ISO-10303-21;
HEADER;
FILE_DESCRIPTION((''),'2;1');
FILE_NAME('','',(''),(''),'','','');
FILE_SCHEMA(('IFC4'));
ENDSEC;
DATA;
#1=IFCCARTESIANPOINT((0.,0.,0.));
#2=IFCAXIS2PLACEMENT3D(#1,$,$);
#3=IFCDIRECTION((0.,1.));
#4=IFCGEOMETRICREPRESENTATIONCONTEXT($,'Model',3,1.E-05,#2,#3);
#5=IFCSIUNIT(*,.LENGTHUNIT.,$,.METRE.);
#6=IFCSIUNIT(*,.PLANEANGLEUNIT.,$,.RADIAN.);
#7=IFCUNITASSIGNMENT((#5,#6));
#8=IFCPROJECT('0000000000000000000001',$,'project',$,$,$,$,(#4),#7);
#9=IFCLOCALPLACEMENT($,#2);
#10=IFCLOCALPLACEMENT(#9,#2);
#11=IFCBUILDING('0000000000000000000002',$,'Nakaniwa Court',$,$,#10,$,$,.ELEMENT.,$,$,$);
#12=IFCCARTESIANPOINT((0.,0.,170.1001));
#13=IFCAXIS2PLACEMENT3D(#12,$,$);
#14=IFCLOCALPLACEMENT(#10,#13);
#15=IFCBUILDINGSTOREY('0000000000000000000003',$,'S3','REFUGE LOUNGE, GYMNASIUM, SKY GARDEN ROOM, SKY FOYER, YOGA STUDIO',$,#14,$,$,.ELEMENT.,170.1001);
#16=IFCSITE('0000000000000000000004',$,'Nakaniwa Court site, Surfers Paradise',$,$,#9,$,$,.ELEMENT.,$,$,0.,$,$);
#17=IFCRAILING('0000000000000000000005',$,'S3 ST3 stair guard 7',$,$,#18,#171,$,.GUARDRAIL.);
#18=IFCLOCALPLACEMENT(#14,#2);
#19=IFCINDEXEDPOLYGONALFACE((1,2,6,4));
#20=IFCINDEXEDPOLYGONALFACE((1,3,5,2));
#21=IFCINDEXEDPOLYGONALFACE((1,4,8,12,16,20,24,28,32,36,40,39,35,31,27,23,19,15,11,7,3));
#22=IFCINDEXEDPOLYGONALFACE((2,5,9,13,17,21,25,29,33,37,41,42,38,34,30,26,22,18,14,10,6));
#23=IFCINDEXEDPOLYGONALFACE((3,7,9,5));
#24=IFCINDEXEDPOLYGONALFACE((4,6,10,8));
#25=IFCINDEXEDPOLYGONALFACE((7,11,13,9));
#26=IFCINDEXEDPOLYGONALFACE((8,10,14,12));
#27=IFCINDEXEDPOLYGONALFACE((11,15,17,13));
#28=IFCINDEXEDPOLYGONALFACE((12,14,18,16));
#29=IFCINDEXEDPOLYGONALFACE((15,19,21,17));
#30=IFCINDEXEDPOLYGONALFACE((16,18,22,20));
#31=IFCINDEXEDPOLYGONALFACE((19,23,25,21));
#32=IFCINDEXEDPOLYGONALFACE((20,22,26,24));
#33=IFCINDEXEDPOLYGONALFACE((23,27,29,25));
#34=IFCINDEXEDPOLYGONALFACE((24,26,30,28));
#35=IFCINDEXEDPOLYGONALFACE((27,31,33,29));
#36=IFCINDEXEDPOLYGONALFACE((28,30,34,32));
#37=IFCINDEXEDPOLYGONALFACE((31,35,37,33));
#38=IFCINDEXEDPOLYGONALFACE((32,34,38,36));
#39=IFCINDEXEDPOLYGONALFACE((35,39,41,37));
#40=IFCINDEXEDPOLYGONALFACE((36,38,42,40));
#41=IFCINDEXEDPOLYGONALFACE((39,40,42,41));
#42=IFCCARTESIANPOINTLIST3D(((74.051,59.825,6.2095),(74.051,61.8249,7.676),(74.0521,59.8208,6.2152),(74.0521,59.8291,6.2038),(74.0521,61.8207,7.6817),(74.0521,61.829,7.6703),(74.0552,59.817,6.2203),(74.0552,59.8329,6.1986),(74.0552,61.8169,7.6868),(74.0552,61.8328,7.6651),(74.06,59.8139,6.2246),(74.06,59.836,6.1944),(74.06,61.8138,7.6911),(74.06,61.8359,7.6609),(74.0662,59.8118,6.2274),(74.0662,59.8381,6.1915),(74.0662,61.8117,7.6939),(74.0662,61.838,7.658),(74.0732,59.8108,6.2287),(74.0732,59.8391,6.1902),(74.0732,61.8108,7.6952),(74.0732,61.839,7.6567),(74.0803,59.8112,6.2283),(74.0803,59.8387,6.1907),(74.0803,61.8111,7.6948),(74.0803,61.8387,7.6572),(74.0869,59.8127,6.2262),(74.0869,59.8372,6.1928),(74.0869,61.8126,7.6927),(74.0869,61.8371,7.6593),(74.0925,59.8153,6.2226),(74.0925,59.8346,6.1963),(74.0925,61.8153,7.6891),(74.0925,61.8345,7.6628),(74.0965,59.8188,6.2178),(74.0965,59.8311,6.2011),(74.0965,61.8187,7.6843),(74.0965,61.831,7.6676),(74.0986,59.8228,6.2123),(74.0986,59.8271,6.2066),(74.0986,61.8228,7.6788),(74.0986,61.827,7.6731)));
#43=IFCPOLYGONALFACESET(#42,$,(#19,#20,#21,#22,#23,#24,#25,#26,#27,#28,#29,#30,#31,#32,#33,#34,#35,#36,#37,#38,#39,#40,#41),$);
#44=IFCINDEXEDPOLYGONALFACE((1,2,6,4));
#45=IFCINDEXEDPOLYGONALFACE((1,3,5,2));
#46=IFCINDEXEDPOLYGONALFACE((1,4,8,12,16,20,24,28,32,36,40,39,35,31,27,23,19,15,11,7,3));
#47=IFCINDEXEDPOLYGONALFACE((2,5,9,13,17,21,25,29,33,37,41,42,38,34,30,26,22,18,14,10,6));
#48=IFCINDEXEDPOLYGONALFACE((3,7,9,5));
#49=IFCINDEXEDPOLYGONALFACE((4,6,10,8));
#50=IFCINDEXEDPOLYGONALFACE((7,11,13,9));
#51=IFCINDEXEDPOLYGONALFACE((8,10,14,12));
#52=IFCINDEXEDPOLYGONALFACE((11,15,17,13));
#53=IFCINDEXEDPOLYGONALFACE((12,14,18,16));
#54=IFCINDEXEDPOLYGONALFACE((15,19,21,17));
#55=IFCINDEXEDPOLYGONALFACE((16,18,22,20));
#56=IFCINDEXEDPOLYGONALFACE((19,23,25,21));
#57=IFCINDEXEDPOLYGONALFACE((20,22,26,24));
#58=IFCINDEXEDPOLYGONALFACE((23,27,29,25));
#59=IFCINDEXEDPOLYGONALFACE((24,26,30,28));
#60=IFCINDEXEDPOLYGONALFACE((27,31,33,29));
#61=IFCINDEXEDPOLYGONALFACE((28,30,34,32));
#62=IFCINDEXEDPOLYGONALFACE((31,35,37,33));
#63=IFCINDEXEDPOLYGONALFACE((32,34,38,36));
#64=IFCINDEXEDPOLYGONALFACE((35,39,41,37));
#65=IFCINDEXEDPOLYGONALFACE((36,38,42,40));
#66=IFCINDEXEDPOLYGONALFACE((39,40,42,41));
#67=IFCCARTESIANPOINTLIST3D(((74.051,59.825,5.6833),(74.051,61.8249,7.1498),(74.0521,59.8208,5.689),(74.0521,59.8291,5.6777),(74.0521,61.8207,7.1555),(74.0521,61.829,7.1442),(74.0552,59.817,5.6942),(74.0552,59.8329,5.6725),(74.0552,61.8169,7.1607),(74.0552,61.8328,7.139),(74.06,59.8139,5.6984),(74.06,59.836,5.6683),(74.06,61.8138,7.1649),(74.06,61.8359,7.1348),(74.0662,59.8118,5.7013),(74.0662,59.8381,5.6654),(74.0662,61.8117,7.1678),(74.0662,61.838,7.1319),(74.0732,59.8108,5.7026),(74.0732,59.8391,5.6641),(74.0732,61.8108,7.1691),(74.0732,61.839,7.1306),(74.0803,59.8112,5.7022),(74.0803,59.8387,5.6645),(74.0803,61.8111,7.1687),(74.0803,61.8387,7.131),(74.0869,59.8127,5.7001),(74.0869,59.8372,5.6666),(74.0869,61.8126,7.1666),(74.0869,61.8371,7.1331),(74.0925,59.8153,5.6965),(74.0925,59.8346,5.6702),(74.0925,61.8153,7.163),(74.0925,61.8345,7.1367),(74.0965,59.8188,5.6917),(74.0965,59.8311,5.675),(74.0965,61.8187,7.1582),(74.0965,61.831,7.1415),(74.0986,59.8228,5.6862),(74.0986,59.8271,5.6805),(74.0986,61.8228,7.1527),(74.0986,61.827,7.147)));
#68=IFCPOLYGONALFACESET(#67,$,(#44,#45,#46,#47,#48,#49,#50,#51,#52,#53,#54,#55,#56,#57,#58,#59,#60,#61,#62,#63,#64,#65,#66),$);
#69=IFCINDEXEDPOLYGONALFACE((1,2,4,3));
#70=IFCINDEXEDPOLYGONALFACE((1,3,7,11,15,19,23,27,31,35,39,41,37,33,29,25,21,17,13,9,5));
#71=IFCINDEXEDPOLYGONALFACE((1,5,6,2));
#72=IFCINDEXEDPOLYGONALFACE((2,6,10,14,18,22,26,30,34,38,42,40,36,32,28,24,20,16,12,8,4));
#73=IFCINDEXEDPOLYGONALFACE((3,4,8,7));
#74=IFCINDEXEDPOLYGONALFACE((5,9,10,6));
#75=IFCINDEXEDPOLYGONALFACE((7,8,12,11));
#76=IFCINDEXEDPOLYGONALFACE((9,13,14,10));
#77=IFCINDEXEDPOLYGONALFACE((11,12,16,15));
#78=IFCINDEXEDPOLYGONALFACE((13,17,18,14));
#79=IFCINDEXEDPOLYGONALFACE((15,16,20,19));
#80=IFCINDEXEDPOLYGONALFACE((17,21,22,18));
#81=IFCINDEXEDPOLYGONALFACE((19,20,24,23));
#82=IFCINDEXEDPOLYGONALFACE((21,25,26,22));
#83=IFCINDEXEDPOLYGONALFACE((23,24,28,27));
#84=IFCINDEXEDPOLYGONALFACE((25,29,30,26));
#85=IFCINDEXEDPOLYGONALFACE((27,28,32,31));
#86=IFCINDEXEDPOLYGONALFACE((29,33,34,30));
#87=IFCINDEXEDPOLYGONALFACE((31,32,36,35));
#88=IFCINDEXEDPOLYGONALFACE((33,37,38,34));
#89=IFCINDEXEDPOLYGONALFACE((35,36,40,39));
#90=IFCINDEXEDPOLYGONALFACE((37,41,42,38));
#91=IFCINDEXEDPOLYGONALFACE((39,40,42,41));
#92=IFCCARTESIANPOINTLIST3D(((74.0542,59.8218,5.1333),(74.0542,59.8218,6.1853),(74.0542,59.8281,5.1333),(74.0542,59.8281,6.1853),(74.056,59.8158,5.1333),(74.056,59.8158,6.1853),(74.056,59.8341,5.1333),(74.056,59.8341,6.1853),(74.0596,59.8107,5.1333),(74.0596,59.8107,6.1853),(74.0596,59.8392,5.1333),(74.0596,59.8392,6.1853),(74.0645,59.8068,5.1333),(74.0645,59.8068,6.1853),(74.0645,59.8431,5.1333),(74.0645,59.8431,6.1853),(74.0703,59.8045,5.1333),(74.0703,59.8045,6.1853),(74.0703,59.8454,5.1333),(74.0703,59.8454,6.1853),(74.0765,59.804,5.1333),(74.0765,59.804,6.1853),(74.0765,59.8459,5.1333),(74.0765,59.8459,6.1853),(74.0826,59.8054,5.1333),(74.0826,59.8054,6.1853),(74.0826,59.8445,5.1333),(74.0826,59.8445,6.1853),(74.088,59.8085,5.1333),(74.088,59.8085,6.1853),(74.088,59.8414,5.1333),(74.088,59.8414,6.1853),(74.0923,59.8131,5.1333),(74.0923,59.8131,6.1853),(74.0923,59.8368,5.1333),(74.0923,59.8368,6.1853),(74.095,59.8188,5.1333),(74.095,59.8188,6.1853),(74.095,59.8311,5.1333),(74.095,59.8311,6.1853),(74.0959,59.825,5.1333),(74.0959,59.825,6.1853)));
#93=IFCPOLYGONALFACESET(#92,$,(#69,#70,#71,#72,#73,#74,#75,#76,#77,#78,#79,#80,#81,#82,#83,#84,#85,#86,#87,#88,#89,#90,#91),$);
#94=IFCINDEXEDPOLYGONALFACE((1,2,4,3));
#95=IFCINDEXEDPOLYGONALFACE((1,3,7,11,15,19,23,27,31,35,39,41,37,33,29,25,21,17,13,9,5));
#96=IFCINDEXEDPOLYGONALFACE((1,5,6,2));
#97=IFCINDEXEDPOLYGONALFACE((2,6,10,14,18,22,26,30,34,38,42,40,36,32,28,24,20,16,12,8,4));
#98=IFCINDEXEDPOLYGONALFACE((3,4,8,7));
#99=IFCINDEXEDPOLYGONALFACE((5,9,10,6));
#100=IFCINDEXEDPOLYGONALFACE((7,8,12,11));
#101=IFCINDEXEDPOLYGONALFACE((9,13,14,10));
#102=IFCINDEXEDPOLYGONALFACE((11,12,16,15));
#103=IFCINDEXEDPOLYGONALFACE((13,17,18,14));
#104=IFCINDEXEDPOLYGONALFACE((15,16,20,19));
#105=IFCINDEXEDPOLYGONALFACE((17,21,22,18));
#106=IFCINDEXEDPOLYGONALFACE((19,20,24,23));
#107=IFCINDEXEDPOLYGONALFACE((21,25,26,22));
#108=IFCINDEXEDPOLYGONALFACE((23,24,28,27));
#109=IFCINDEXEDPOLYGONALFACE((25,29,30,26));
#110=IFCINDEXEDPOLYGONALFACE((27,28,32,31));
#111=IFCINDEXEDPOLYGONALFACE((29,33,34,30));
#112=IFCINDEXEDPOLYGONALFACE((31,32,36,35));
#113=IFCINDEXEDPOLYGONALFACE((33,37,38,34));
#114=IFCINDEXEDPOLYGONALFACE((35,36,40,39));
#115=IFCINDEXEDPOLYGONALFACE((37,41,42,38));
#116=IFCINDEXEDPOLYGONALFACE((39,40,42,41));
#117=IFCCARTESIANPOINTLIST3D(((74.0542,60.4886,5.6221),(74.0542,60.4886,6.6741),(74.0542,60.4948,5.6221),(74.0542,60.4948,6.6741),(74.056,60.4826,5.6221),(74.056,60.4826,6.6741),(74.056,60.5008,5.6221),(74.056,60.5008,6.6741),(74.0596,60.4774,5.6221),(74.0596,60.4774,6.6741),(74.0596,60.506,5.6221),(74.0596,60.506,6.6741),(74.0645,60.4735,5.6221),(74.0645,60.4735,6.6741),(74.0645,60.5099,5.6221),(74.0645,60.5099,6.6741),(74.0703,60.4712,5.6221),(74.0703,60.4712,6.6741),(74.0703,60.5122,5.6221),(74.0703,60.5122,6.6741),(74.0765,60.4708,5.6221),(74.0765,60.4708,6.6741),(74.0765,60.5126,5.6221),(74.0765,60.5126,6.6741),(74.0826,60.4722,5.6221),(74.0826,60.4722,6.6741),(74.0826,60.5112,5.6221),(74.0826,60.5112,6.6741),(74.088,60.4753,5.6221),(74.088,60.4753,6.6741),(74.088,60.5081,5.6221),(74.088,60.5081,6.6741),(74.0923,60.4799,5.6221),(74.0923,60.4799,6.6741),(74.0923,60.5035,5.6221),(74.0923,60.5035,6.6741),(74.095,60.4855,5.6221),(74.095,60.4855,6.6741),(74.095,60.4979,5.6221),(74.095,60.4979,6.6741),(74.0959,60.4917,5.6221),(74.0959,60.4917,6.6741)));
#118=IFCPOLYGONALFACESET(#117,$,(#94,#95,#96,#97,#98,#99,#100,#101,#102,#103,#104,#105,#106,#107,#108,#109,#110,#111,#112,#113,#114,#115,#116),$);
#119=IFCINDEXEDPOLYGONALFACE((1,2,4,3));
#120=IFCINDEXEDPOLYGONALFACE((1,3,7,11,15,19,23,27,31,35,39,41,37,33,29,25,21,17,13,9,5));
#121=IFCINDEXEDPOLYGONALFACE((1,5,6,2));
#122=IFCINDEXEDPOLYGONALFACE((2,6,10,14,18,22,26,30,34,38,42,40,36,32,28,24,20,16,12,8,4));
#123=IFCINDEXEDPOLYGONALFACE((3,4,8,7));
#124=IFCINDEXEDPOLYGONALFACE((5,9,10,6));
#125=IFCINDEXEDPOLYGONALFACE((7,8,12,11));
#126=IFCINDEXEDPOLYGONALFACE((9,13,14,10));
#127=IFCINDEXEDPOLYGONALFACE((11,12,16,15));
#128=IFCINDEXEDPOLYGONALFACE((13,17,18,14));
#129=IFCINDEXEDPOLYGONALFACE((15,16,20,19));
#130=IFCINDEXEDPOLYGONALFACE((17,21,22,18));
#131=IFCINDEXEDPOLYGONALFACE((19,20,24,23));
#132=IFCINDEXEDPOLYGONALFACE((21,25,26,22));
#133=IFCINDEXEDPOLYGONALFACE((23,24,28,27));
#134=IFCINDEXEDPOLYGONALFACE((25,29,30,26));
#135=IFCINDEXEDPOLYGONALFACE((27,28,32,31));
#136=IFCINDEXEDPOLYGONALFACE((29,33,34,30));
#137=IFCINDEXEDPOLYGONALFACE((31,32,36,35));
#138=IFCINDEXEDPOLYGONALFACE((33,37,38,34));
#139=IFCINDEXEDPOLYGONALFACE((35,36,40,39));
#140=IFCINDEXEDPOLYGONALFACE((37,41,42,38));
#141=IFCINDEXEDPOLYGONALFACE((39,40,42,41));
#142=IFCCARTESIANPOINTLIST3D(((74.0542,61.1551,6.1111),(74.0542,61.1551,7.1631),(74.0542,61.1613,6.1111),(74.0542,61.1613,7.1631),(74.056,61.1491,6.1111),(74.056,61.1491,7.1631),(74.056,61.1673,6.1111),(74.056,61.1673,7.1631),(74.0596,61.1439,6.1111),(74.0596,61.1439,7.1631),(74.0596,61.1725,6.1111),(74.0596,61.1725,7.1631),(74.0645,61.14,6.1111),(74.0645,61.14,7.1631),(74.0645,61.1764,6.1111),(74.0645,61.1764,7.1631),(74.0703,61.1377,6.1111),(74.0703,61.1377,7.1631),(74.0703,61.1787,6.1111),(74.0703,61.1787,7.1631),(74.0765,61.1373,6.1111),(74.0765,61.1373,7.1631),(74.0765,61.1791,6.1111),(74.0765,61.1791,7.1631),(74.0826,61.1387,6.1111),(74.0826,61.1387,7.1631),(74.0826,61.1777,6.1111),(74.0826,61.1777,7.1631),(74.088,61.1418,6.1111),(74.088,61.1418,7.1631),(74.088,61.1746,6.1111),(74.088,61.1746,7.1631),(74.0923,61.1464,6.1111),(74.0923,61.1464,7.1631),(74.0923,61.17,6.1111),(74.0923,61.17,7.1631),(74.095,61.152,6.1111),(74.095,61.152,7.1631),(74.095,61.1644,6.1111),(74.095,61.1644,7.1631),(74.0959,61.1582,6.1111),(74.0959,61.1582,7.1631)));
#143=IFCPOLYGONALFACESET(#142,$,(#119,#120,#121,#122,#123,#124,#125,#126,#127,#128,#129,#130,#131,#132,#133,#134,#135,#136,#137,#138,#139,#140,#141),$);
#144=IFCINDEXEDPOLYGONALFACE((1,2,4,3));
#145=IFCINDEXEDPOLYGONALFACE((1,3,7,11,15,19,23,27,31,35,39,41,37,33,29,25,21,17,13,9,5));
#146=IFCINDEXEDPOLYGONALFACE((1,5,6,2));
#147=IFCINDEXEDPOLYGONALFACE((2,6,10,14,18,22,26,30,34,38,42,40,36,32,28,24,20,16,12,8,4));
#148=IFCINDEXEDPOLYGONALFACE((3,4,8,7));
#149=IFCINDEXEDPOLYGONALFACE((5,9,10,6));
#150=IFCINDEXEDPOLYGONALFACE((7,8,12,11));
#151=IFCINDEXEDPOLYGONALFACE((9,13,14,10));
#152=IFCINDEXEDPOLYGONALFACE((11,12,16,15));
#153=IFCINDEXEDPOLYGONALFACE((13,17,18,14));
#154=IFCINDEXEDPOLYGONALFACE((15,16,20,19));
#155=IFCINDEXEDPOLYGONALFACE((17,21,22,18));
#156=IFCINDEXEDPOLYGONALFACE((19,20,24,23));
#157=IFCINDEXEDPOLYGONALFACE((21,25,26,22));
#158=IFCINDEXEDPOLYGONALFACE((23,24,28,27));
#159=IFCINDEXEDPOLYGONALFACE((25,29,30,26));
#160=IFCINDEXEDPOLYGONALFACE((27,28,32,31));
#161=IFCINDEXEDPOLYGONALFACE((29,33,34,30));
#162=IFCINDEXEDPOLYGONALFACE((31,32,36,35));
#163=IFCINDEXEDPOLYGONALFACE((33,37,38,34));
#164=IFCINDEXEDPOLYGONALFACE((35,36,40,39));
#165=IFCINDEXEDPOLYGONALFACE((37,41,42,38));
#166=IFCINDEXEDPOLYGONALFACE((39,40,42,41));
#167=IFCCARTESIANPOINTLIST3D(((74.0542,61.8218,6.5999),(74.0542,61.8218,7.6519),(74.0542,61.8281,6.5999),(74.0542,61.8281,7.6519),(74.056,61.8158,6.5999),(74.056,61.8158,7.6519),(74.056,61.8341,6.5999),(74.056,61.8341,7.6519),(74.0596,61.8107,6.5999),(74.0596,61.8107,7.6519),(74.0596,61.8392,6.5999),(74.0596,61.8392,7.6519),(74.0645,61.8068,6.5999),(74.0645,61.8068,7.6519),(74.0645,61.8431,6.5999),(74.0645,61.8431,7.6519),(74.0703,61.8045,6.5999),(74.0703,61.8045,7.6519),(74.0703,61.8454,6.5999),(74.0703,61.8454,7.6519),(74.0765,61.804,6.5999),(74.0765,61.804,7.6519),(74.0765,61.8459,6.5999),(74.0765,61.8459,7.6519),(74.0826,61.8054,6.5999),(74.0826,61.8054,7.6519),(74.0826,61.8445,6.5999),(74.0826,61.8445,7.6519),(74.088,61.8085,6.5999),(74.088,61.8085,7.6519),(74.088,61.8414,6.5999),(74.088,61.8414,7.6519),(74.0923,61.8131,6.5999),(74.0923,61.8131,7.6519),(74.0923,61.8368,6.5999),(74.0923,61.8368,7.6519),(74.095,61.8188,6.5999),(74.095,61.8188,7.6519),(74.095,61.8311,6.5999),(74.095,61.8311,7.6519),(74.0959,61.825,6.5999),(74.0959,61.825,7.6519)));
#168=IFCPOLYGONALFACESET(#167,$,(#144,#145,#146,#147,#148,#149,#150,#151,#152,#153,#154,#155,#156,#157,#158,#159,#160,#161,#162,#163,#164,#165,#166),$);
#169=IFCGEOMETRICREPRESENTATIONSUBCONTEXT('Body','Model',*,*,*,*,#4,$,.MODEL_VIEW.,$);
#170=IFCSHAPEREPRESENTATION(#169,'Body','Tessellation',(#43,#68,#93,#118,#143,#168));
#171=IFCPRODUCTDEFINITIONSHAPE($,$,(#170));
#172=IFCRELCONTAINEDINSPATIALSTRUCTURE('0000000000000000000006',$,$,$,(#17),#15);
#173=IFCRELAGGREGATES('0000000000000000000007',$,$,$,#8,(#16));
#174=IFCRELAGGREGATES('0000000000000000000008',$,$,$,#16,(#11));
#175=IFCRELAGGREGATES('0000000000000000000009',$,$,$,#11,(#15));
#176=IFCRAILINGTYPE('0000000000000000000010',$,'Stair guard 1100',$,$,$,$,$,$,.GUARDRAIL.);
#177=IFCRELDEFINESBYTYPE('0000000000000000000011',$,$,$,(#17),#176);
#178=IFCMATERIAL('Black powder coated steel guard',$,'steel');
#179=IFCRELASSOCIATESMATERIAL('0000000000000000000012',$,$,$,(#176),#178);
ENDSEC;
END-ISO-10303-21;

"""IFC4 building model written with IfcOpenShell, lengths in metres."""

from ifc_helpers import new_model, si_unit, direction, frame, origin, origin_2d, place, context, subcontext, project, spatial, circle, extrude, material, type_object, element, save


model = new_model("IFC4")

# Units and contexts
model_context = context("Model", 3, precision=1e-05, world=origin(), true_north=direction((0.0, 1.0)))
body_context = subcontext(model_context, "Body", "Model", "MODEL_VIEW")
ifc_project = project(units=[si_unit("LENGTHUNIT", "METRE"), si_unit("PLANEANGLEUNIT", "RADIAN")], contexts=[model_context])

# Site, building, storey
site_placement = place(None, origin())
site = spatial("IfcSite", under=ifc_project, at=site_placement, Name="Nakaniwa Court site, Surfers Paradise", CompositionType="ELEMENT", RefElevation=0.0)
building_placement = place(site_placement, origin())
building = spatial("IfcBuilding", under=site, at=building_placement, Name="Nakaniwa Court", CompositionType="ELEMENT")
storey_placement = place(building_placement, frame((0.0, 0.0, 170.1001)))
storey = spatial("IfcBuildingStorey", under=building, at=storey_placement, Name="S3", Description="REFUGE LOUNGE, GYMNASIUM, SKY GARDEN ROOM, SKY FOYER, YOGA STUDIO", CompositionType="ELEMENT", Elevation=170.1001)

# Railing
ifc_material_1 = material(Name="Black powder coated steel guard", Category="steel")
railing_type_1 = type_object("IfcRailingType", Name="Stair guard 1100", PredefinedType="GUARDRAIL", material=ifc_material_1)
railing_1_placement = place(storey_placement, frame((74.075, 59.825, 5.1333)))
element("IfcRailing", 1, at=railing_1_placement, inside=storey, type_object=railing_type_1, Name="S3 ST3 stair guard 7", PredefinedType="GUARDRAIL", context=body_context, shape_type="SweptSolid", body=[
    extrude(circle(Radius=0.0239, at=origin_2d()), frame((0.0, 0.0, 1.0762), z_axis=(0.0, 0.806427, 0.591334), x_axis=(-1.0, 0.0, 0.0)), (0.0, 0.0, 1.0), 2.48),
    extrude(circle(Radius=0.0239, at=origin_2d()), frame((0.0, 0.0, 0.55), z_axis=(0.0, 0.806427, 0.591334), x_axis=(-1.0, 0.0, 0.0)), (0.0, 0.0, 1.0), 2.48),
    extrude(circle(Radius=0.021, at=origin_2d()), origin(), (0.0, 0.0, 1.0), 1.052),
    extrude(circle(Radius=0.021, at=origin_2d()), frame((0.0, 0.6667, 0.4888)), (0.0, 0.0, 1.0), 1.052),
    extrude(circle(Radius=0.021, at=origin_2d()), frame((0.0, 1.3333, 0.9778)), (0.0, 0.0, 1.0), 1.052),
    extrude(circle(Radius=0.021, at=origin_2d()), frame((0.0, 2.0, 1.4666)), (0.0, 0.0, 1.0), 1.052),
])

save(model, "model.ifc")
